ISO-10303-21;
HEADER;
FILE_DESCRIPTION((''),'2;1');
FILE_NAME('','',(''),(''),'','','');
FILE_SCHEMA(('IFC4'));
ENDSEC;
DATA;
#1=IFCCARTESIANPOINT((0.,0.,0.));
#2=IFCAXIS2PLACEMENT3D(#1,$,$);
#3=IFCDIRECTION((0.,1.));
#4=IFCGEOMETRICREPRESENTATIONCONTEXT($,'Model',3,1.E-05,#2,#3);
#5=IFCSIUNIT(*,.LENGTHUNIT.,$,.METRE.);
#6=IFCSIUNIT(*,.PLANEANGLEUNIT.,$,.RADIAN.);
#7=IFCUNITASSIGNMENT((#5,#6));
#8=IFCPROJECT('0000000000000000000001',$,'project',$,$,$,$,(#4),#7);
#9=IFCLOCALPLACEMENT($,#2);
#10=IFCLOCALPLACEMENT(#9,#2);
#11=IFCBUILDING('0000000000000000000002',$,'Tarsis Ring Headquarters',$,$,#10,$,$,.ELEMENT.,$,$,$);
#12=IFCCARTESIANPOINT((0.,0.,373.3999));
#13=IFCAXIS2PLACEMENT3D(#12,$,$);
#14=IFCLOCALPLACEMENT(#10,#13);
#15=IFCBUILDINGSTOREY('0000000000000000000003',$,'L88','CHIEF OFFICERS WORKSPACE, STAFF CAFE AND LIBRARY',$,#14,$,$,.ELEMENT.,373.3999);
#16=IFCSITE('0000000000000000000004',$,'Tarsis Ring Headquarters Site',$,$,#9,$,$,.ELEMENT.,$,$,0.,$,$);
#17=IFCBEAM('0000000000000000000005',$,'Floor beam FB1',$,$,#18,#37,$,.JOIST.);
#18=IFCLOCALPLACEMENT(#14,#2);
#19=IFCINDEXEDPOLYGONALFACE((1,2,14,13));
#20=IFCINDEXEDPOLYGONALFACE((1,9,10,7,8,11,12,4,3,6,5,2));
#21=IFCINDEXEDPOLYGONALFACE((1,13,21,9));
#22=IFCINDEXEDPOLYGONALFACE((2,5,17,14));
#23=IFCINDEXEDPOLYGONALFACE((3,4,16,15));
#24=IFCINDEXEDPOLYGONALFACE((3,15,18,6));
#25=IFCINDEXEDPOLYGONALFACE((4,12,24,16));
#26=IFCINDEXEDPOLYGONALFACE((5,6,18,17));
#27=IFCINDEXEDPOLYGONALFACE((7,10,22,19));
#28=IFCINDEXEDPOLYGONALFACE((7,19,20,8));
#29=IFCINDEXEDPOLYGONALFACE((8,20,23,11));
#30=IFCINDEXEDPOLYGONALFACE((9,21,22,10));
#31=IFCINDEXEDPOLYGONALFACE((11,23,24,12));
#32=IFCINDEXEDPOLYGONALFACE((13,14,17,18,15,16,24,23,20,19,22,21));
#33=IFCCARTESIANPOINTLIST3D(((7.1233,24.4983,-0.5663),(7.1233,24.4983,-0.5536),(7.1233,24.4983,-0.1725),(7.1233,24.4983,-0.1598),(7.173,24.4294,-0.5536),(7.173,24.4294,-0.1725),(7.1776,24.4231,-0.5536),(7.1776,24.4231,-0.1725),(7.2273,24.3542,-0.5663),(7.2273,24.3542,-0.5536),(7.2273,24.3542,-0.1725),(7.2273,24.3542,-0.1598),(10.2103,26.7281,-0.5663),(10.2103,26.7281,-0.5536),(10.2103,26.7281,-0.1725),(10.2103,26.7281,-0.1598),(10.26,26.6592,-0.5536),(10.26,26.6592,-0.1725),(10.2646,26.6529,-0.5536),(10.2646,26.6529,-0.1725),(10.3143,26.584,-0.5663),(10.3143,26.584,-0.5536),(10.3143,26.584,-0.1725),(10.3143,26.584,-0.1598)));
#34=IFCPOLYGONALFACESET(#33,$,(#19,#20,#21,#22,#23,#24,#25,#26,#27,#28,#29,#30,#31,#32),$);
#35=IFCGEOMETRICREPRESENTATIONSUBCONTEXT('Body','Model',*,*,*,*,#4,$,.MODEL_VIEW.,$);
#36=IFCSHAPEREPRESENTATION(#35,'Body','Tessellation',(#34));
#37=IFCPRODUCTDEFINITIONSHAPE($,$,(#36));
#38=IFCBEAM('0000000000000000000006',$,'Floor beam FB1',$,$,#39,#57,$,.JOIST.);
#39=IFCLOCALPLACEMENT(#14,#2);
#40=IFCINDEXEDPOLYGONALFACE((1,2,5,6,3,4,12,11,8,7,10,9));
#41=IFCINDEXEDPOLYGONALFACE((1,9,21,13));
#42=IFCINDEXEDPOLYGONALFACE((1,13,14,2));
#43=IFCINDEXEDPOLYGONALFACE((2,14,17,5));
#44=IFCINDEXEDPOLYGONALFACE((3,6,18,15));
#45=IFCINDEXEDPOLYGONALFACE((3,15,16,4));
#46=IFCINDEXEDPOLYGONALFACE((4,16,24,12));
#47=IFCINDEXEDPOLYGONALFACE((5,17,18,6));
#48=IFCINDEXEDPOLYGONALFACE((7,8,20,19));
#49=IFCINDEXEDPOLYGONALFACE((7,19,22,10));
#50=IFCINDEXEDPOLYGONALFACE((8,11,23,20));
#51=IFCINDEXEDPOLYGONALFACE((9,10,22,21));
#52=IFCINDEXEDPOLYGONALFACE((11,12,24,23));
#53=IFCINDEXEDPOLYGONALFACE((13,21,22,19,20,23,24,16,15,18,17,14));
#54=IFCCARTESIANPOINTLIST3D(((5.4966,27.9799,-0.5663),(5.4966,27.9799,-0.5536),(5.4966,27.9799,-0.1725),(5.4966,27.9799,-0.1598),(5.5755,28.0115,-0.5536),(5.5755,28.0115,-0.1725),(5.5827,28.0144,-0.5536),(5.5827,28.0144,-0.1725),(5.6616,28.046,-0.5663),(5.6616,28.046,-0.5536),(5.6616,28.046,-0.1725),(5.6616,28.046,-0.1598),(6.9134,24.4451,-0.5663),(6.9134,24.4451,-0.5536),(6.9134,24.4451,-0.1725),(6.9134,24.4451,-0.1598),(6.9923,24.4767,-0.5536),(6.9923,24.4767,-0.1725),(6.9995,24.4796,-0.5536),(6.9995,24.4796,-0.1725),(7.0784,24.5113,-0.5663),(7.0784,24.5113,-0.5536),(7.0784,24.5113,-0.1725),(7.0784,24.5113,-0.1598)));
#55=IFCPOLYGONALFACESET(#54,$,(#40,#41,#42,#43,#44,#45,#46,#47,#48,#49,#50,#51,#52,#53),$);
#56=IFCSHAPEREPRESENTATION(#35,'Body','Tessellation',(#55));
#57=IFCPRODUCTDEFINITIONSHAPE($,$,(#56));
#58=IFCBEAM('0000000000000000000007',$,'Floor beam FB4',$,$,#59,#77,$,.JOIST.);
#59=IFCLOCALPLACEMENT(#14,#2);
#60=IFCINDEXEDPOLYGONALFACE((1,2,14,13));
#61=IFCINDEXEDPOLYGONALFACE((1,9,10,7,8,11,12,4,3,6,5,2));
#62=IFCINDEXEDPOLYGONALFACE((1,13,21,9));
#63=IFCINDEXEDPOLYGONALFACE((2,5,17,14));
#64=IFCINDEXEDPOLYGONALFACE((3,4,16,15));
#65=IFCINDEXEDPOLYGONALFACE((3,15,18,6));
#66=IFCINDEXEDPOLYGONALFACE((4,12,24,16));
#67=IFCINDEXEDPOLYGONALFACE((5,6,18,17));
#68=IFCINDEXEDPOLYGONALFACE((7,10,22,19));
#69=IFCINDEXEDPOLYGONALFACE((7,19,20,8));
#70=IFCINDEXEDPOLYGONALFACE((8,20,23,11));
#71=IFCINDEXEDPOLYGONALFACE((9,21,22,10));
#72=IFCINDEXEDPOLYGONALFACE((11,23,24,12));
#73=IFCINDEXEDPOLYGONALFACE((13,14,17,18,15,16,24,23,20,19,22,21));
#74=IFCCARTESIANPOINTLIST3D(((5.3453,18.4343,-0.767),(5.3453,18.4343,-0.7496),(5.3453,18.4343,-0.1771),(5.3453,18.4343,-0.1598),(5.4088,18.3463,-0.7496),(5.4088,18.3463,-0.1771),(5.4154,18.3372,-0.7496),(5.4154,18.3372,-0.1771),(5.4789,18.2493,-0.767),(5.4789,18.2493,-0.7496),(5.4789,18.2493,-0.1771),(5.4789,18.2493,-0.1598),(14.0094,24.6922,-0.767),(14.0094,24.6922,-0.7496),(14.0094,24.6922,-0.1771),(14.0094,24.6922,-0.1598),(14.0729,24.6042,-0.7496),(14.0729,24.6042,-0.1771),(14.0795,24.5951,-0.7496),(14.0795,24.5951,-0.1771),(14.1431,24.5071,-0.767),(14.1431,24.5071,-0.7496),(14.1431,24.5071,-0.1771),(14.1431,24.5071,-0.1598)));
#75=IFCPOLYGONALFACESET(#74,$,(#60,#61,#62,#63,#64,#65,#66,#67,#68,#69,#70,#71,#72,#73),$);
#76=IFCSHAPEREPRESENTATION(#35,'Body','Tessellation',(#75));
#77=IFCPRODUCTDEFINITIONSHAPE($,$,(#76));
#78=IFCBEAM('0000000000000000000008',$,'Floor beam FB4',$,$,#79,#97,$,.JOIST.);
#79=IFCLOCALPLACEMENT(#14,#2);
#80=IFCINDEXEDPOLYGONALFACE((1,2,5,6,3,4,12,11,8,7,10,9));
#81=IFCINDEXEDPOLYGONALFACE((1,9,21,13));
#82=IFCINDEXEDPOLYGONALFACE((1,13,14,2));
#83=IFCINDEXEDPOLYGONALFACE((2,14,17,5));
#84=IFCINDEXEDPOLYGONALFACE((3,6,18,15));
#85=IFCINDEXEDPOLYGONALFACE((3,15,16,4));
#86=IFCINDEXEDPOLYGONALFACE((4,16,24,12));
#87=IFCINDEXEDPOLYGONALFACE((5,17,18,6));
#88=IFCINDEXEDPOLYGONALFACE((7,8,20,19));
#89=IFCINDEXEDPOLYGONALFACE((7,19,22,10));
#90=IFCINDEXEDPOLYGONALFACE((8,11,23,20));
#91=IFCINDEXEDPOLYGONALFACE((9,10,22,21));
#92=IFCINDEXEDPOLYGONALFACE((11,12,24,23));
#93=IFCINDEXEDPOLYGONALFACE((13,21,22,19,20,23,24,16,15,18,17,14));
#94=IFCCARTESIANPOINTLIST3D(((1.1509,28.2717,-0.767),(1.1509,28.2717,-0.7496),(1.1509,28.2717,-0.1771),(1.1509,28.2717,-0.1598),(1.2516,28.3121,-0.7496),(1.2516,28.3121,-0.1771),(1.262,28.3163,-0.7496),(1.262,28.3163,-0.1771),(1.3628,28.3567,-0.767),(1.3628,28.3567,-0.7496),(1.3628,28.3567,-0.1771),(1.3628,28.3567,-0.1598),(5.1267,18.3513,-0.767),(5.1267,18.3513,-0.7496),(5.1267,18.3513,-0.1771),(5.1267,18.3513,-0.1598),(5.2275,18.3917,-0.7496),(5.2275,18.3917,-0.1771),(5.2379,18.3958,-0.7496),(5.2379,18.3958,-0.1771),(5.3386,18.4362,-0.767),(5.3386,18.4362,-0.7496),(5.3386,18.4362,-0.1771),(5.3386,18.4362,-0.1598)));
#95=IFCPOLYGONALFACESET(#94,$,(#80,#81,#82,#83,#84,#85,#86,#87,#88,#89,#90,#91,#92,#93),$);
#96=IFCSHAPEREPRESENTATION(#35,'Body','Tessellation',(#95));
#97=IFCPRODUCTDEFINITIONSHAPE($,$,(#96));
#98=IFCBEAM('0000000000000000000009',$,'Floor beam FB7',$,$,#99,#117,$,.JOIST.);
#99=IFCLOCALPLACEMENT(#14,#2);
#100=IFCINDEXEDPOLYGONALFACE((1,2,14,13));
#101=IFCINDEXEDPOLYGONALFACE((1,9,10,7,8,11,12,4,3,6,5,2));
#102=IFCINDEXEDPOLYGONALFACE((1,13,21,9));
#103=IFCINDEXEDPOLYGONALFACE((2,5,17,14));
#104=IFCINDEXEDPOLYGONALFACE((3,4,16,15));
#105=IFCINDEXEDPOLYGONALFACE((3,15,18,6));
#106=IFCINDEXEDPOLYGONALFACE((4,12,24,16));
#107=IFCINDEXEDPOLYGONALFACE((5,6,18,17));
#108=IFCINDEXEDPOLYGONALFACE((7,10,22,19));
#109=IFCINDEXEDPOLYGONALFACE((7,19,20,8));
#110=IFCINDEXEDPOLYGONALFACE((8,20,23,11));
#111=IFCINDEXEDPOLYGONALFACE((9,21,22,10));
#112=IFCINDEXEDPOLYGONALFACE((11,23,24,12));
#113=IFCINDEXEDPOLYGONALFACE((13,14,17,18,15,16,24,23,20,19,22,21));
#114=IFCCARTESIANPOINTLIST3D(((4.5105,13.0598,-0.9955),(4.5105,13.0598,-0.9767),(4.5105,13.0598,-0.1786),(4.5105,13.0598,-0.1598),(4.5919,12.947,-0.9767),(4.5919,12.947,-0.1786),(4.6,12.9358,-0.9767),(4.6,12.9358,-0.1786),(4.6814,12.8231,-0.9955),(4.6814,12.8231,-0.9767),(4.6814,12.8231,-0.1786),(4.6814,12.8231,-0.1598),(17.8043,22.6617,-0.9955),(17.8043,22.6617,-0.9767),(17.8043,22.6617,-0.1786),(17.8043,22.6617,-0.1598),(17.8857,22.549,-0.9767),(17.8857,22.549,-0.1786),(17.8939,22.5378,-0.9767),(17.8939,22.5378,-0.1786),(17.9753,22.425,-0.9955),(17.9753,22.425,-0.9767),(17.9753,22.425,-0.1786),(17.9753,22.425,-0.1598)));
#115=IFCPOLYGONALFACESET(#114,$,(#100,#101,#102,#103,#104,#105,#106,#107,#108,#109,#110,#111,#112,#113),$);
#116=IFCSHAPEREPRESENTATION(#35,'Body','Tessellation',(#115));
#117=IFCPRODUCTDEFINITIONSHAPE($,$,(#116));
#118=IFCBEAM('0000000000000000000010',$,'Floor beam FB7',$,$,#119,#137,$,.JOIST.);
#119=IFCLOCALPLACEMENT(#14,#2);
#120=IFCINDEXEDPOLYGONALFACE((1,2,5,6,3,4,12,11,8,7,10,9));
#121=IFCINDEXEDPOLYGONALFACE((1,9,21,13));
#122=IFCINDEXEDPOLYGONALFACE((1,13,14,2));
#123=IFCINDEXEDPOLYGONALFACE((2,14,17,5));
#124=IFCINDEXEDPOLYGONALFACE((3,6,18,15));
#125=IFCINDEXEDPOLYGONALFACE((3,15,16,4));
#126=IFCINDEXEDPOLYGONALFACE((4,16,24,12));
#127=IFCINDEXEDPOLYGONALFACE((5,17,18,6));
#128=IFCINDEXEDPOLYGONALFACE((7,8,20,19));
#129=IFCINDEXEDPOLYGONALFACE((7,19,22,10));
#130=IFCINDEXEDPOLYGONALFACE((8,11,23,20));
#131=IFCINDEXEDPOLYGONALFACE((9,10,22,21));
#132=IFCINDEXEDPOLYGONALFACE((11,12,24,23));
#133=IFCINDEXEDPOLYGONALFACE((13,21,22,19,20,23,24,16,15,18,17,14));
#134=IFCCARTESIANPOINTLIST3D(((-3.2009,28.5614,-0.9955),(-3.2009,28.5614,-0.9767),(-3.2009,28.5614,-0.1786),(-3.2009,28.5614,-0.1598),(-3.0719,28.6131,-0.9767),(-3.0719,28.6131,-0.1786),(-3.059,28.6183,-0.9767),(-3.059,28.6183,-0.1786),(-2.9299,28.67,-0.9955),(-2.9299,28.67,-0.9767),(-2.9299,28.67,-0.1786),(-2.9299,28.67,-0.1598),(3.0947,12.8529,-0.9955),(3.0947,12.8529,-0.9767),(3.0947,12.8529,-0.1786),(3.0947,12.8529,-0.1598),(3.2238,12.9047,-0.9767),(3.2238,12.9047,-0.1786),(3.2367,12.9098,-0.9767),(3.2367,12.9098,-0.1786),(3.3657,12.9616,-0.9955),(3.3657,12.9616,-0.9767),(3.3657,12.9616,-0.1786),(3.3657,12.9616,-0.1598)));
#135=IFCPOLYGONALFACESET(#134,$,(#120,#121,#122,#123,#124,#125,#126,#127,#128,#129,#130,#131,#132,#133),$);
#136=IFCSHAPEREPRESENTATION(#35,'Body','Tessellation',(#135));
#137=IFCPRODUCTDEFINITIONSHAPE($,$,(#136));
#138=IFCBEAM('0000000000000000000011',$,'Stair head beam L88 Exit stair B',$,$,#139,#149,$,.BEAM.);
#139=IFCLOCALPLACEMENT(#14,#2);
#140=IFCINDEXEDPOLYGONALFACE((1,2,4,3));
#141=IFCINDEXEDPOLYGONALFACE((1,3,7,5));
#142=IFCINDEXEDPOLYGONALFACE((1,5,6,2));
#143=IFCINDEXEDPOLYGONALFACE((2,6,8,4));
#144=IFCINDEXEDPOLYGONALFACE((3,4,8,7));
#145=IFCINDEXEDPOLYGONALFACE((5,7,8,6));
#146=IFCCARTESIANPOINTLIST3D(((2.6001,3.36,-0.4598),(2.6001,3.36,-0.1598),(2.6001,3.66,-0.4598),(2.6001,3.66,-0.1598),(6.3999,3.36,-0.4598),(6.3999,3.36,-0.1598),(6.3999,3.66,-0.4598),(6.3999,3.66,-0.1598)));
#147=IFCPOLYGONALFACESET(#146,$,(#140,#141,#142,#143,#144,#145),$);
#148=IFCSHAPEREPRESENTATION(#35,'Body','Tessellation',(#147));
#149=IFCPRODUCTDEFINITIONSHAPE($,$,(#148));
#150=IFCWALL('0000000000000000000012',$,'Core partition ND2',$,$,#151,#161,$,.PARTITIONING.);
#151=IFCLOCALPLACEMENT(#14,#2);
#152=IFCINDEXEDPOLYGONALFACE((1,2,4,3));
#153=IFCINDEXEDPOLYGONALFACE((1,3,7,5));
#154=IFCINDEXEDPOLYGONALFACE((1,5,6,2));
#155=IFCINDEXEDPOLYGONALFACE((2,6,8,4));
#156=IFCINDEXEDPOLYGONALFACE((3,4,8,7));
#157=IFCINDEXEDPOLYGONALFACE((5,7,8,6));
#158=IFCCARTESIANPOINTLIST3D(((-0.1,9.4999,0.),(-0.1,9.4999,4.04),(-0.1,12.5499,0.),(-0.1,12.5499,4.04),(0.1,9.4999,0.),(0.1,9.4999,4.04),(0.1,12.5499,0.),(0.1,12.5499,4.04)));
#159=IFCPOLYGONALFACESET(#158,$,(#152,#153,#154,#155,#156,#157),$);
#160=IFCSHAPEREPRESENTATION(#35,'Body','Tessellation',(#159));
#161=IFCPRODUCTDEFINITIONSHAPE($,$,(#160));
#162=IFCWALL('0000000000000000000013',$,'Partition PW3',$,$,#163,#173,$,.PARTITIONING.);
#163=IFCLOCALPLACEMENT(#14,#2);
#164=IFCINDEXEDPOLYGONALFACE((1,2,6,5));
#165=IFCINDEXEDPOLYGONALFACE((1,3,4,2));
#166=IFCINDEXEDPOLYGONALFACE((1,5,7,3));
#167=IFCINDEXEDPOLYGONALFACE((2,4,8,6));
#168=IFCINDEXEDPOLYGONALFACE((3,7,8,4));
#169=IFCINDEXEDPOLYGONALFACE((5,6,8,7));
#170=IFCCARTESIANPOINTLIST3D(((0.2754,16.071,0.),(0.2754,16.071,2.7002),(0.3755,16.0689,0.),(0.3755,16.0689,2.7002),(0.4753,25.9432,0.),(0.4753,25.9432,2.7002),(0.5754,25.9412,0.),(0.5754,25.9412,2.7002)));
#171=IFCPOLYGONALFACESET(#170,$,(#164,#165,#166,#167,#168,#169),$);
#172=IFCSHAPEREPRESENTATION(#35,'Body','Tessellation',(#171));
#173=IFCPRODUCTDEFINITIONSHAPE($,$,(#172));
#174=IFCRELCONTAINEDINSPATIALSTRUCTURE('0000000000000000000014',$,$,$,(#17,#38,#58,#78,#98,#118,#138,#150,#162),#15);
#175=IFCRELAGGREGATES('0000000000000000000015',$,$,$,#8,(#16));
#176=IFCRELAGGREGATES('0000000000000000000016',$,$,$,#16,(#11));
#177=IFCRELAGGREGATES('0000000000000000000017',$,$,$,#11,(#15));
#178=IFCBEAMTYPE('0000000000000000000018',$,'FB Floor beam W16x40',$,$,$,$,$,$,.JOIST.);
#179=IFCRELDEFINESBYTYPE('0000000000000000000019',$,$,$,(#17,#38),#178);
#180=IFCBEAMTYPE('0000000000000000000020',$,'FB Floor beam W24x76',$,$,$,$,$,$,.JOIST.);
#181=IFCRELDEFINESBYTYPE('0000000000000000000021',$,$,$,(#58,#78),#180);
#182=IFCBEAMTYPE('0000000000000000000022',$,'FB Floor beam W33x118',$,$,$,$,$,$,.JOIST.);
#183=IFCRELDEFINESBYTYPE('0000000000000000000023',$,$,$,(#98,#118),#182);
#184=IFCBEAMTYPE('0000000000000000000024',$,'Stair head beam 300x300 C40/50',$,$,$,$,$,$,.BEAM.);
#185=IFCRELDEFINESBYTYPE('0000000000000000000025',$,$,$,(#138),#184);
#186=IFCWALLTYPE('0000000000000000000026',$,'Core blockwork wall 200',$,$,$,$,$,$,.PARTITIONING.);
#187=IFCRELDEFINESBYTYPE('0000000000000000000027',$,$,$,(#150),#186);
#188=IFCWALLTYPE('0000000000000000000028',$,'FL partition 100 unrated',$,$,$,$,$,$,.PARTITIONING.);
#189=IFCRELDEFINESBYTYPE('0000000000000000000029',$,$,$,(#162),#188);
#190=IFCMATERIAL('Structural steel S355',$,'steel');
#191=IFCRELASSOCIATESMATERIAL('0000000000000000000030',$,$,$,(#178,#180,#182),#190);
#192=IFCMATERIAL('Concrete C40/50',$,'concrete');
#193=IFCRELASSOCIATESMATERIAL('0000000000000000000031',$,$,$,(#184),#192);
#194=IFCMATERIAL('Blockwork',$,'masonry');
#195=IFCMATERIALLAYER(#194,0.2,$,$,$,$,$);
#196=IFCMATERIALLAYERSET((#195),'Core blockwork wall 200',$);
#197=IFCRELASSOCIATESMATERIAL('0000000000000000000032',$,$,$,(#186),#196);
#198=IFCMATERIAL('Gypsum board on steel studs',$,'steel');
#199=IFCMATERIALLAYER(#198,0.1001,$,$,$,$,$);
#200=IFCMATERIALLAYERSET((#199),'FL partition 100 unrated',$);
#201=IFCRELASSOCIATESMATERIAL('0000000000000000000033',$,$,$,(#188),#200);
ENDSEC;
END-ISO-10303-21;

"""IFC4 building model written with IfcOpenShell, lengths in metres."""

from ifc_helpers import new_model, si_unit, direction, frame, frame_2d, origin, origin_2d, place, context, subcontext, project, spatial, rectangle, i_section, extrude, material, layer, layer_set, material_profile, profile_set, type_object, element, save


model = new_model("IFC4")

# Units and contexts
model_context = context("Model", 3, precision=1e-05, world=origin(), true_north=direction((0.0, 1.0)))
body_context = subcontext(model_context, "Body", "Model", "MODEL_VIEW")
ifc_project = project(units=[si_unit("LENGTHUNIT", "METRE"), si_unit("PLANEANGLEUNIT", "RADIAN")], contexts=[model_context])

# Site, building, storey
site_placement = place(None, origin())
site = spatial("IfcSite", under=ifc_project, at=site_placement, Name="Tarsis Ring Headquarters Site", CompositionType="ELEMENT", RefElevation=0.0)
building_placement = place(site_placement, origin())
building = spatial("IfcBuilding", under=site, at=building_placement, Name="Tarsis Ring Headquarters", CompositionType="ELEMENT")
storey_placement = place(building_placement, frame((0.0, 0.0, 373.3999)))
storey = spatial("IfcBuildingStorey", under=building, at=storey_placement, Name="L88", Description="CHIEF OFFICERS WORKSPACE, STAFF CAFE AND LIBRARY", CompositionType="ELEMENT", Elevation=373.3999)

# Beams
ifc_material_1 = material(Name="Structural steel S355", Category="steel")
ifc_material_profile_1 = material_profile(ifc_material_1, i_section(OverallWidth=0.1777, OverallDepth=0.4065, WebThickness=0.0078, FlangeThickness=0.0127, at=origin_2d()), Name="W16x40")
ifc_profile_set_1 = profile_set([ifc_material_profile_1], Name="Structural steel S355")
beam_type_1 = type_object("IfcBeamType", Name="FB Floor beam W16x40", PredefinedType="JOIST", material=ifc_profile_set_1)
for number, where, z_axis, x_axis, name in (
    (1, (7.1753, 24.4263, -0.363), (0.810642, 0.585542, 0.0), (-0.585542, 0.810642, 0.0), "Floor beam FB1"),
    (2, (5.5791, 28.0129, -0.363), (0.372043, -0.928216, 0.0), (0.928216, 0.372043, 0.0), "Floor beam FB1"),
):
    element("IfcBeam", number, at=place(storey_placement, frame(where, z_axis=z_axis, x_axis=x_axis)), inside=storey, type_object=beam_type_1, Name=name, PredefinedType="JOIST", context=body_context, shape_type="SweptSolid", body=[
        extrude(i_section(OverallWidth=0.1777, OverallDepth=0.4065, WebThickness=0.0078, FlangeThickness=0.0127, at=origin_2d()), origin(), (0.0, 0.0, 1.0), 3.8081),
    ])
ifc_material_profile_2 = material_profile(ifc_material_1, i_section(OverallWidth=0.2283, OverallDepth=0.6072, WebThickness=0.0112, FlangeThickness=0.0173, at=origin_2d()), Name="W24x76")
ifc_profile_set_2 = profile_set([ifc_material_profile_2], Name="Structural steel S355")
beam_type_2 = type_object("IfcBeamType", Name="FB Floor beam W24x76", PredefinedType="JOIST", material=ifc_profile_set_2)
beam_1_placement = place(storey_placement, frame((5.4121, 18.3418, -0.4634), z_axis=(0.81066, 0.585517, 0.0), x_axis=(-0.585517, 0.81066, 0.0)))
element("IfcBeam", 3, at=beam_1_placement, inside=storey, type_object=beam_type_2, Name="Floor beam FB4", PredefinedType="JOIST", context=body_context, shape_type="SweptSolid", body=[
    extrude(i_section(OverallWidth=0.2283, OverallDepth=0.6072, WebThickness=0.0112, FlangeThickness=0.0173, at=origin_2d()), origin(), (0.0, 0.0, 1.0), 10.6877),
])
beam_2_placement = place(storey_placement, frame((1.2568, 28.3142, -0.4634), z_axis=(0.372009, -0.928229, 0.0), x_axis=(0.928229, 0.372009, 0.0)))
element("IfcBeam", 4, at=beam_2_placement, inside=storey, type_object=beam_type_2, Name="Floor beam FB4", PredefinedType="JOIST", context=body_context, shape_type="SweptSolid", body=[
    extrude(i_section(OverallWidth=0.2283, OverallDepth=0.6072, WebThickness=0.0112, FlangeThickness=0.0173, at=origin_2d()), origin(), (0.0, 0.0, 1.0), 10.6875),
])
ifc_material_profile_3 = material_profile(ifc_material_1, i_section(OverallWidth=0.292, OverallDepth=0.8357, WebThickness=0.0139, FlangeThickness=0.0188, at=origin_2d()), Name="W33x118")
ifc_profile_set_3 = profile_set([ifc_material_profile_3], Name="Structural steel S355")
beam_type_3 = type_object("IfcBeamType", Name="FB Floor beam W33x118", PredefinedType="JOIST", material=ifc_profile_set_3)
beam_3_placement = place(storey_placement, frame((4.5959, 12.9414, -0.5776), z_axis=(0.810654, 0.585525, 0.0), x_axis=(-0.585525, 0.810654, 0.0)))
element("IfcBeam", 5, at=beam_3_placement, inside=storey, type_object=beam_type_3, Name="Floor beam FB7", PredefinedType="JOIST", context=body_context, shape_type="SweptSolid", body=[
    extrude(i_section(OverallWidth=0.292, OverallDepth=0.8357, WebThickness=0.0139, FlangeThickness=0.0188, at=origin_2d()), origin(), (0.0, 0.0, 1.0), 16.3989),
])
beam_4_placement = place(storey_placement, frame((-3.0654, 28.6157, -0.5776), z_axis=(0.372015, -0.928227, 0.0), x_axis=(0.928227, 0.372015, 0.0)))
element("IfcBeam", 6, at=beam_4_placement, inside=storey, type_object=beam_type_3, Name="Floor beam FB7", PredefinedType="JOIST", context=body_context, shape_type="SweptSolid", body=[
    extrude(i_section(OverallWidth=0.292, OverallDepth=0.8357, WebThickness=0.0139, FlangeThickness=0.0188, at=origin_2d()), origin(), (0.0, 0.0, 1.0), 16.9231),
])
ifc_material_2 = material(Name="Concrete C40/50", Category="concrete")
ifc_material_profile_4 = material_profile(ifc_material_2, rectangle(XDim=0.3, YDim=0.3, at=origin_2d()), Name="Stair head beam 300x300 C40/50")
ifc_profile_set_4 = profile_set([ifc_material_profile_4], Name="Concrete C40/50")
beam_type_4 = type_object("IfcBeamType", Name="Stair head beam 300x300 C40/50", PredefinedType="BEAM", material=ifc_profile_set_4)
beam_5_placement = place(storey_placement, frame((2.6001, 3.51, -0.3098), z_axis=(1.0, 0.0, 0.0), x_axis=(0.0, 1.0, 0.0)))
element("IfcBeam", 7, at=beam_5_placement, inside=storey, type_object=beam_type_4, Name="Stair head beam L88 Exit stair B", PredefinedType="BEAM", context=body_context, shape_type="SweptSolid", body=[
    extrude(rectangle(XDim=0.3, YDim=0.3, at=origin_2d()), origin(), (0.0, 0.0, 1.0), 3.7998),
])

# Walls
ifc_material_3 = material(Name="Blockwork", Category="masonry")
ifc_layer_1 = layer(ifc_material_3, 0.2)
ifc_layer_set_1 = layer_set([ifc_layer_1], Name="Core blockwork wall 200")
wall_type_1 = type_object("IfcWallType", Name="Core blockwork wall 200", PredefinedType="PARTITIONING", material=ifc_layer_set_1)
wall_1_placement = place(storey_placement, frame((0.0, 9.5, 0.0), z_axis=(0.0, 0.0, 1.0), x_axis=(0.0, 1.0, 0.0)))
element("IfcWall", 8, at=wall_1_placement, inside=storey, type_object=wall_type_1, Name="Core partition ND2", PredefinedType="PARTITIONING", context=body_context, shape_type="SweptSolid", body=[
    extrude(rectangle(XDim=3.05, YDim=0.2, at=frame_2d((1.5249, 0.0))), origin(), (0.0, 0.0, 1.0), 4.04),
])
ifc_material_4 = material(Name="Gypsum board on steel studs", Category="steel")
ifc_layer_2 = layer(ifc_material_4, 0.1001)
ifc_layer_set_2 = layer_set([ifc_layer_2], Name="FL partition 100 unrated")
wall_type_2 = type_object("IfcWallType", Name="FL partition 100 unrated", PredefinedType="PARTITIONING", material=ifc_layer_set_2)
wall_2_placement = place(storey_placement, frame((0.3254, 16.0701, 0.0), z_axis=(0.0, 0.0, 1.0), x_axis=(0.02025, 0.999795, 0.0)))
element("IfcWall", 9, at=wall_2_placement, inside=storey, type_object=wall_type_2, Name="Partition PW3", PredefinedType="PARTITIONING", context=body_context, shape_type="SweptSolid", body=[
    extrude(rectangle(XDim=9.8743, YDim=0.1001, at=frame_2d((4.937, 0.0))), origin(), (0.0, 0.0, 1.0), 2.7002),
])

save(model, "model.ifc")
